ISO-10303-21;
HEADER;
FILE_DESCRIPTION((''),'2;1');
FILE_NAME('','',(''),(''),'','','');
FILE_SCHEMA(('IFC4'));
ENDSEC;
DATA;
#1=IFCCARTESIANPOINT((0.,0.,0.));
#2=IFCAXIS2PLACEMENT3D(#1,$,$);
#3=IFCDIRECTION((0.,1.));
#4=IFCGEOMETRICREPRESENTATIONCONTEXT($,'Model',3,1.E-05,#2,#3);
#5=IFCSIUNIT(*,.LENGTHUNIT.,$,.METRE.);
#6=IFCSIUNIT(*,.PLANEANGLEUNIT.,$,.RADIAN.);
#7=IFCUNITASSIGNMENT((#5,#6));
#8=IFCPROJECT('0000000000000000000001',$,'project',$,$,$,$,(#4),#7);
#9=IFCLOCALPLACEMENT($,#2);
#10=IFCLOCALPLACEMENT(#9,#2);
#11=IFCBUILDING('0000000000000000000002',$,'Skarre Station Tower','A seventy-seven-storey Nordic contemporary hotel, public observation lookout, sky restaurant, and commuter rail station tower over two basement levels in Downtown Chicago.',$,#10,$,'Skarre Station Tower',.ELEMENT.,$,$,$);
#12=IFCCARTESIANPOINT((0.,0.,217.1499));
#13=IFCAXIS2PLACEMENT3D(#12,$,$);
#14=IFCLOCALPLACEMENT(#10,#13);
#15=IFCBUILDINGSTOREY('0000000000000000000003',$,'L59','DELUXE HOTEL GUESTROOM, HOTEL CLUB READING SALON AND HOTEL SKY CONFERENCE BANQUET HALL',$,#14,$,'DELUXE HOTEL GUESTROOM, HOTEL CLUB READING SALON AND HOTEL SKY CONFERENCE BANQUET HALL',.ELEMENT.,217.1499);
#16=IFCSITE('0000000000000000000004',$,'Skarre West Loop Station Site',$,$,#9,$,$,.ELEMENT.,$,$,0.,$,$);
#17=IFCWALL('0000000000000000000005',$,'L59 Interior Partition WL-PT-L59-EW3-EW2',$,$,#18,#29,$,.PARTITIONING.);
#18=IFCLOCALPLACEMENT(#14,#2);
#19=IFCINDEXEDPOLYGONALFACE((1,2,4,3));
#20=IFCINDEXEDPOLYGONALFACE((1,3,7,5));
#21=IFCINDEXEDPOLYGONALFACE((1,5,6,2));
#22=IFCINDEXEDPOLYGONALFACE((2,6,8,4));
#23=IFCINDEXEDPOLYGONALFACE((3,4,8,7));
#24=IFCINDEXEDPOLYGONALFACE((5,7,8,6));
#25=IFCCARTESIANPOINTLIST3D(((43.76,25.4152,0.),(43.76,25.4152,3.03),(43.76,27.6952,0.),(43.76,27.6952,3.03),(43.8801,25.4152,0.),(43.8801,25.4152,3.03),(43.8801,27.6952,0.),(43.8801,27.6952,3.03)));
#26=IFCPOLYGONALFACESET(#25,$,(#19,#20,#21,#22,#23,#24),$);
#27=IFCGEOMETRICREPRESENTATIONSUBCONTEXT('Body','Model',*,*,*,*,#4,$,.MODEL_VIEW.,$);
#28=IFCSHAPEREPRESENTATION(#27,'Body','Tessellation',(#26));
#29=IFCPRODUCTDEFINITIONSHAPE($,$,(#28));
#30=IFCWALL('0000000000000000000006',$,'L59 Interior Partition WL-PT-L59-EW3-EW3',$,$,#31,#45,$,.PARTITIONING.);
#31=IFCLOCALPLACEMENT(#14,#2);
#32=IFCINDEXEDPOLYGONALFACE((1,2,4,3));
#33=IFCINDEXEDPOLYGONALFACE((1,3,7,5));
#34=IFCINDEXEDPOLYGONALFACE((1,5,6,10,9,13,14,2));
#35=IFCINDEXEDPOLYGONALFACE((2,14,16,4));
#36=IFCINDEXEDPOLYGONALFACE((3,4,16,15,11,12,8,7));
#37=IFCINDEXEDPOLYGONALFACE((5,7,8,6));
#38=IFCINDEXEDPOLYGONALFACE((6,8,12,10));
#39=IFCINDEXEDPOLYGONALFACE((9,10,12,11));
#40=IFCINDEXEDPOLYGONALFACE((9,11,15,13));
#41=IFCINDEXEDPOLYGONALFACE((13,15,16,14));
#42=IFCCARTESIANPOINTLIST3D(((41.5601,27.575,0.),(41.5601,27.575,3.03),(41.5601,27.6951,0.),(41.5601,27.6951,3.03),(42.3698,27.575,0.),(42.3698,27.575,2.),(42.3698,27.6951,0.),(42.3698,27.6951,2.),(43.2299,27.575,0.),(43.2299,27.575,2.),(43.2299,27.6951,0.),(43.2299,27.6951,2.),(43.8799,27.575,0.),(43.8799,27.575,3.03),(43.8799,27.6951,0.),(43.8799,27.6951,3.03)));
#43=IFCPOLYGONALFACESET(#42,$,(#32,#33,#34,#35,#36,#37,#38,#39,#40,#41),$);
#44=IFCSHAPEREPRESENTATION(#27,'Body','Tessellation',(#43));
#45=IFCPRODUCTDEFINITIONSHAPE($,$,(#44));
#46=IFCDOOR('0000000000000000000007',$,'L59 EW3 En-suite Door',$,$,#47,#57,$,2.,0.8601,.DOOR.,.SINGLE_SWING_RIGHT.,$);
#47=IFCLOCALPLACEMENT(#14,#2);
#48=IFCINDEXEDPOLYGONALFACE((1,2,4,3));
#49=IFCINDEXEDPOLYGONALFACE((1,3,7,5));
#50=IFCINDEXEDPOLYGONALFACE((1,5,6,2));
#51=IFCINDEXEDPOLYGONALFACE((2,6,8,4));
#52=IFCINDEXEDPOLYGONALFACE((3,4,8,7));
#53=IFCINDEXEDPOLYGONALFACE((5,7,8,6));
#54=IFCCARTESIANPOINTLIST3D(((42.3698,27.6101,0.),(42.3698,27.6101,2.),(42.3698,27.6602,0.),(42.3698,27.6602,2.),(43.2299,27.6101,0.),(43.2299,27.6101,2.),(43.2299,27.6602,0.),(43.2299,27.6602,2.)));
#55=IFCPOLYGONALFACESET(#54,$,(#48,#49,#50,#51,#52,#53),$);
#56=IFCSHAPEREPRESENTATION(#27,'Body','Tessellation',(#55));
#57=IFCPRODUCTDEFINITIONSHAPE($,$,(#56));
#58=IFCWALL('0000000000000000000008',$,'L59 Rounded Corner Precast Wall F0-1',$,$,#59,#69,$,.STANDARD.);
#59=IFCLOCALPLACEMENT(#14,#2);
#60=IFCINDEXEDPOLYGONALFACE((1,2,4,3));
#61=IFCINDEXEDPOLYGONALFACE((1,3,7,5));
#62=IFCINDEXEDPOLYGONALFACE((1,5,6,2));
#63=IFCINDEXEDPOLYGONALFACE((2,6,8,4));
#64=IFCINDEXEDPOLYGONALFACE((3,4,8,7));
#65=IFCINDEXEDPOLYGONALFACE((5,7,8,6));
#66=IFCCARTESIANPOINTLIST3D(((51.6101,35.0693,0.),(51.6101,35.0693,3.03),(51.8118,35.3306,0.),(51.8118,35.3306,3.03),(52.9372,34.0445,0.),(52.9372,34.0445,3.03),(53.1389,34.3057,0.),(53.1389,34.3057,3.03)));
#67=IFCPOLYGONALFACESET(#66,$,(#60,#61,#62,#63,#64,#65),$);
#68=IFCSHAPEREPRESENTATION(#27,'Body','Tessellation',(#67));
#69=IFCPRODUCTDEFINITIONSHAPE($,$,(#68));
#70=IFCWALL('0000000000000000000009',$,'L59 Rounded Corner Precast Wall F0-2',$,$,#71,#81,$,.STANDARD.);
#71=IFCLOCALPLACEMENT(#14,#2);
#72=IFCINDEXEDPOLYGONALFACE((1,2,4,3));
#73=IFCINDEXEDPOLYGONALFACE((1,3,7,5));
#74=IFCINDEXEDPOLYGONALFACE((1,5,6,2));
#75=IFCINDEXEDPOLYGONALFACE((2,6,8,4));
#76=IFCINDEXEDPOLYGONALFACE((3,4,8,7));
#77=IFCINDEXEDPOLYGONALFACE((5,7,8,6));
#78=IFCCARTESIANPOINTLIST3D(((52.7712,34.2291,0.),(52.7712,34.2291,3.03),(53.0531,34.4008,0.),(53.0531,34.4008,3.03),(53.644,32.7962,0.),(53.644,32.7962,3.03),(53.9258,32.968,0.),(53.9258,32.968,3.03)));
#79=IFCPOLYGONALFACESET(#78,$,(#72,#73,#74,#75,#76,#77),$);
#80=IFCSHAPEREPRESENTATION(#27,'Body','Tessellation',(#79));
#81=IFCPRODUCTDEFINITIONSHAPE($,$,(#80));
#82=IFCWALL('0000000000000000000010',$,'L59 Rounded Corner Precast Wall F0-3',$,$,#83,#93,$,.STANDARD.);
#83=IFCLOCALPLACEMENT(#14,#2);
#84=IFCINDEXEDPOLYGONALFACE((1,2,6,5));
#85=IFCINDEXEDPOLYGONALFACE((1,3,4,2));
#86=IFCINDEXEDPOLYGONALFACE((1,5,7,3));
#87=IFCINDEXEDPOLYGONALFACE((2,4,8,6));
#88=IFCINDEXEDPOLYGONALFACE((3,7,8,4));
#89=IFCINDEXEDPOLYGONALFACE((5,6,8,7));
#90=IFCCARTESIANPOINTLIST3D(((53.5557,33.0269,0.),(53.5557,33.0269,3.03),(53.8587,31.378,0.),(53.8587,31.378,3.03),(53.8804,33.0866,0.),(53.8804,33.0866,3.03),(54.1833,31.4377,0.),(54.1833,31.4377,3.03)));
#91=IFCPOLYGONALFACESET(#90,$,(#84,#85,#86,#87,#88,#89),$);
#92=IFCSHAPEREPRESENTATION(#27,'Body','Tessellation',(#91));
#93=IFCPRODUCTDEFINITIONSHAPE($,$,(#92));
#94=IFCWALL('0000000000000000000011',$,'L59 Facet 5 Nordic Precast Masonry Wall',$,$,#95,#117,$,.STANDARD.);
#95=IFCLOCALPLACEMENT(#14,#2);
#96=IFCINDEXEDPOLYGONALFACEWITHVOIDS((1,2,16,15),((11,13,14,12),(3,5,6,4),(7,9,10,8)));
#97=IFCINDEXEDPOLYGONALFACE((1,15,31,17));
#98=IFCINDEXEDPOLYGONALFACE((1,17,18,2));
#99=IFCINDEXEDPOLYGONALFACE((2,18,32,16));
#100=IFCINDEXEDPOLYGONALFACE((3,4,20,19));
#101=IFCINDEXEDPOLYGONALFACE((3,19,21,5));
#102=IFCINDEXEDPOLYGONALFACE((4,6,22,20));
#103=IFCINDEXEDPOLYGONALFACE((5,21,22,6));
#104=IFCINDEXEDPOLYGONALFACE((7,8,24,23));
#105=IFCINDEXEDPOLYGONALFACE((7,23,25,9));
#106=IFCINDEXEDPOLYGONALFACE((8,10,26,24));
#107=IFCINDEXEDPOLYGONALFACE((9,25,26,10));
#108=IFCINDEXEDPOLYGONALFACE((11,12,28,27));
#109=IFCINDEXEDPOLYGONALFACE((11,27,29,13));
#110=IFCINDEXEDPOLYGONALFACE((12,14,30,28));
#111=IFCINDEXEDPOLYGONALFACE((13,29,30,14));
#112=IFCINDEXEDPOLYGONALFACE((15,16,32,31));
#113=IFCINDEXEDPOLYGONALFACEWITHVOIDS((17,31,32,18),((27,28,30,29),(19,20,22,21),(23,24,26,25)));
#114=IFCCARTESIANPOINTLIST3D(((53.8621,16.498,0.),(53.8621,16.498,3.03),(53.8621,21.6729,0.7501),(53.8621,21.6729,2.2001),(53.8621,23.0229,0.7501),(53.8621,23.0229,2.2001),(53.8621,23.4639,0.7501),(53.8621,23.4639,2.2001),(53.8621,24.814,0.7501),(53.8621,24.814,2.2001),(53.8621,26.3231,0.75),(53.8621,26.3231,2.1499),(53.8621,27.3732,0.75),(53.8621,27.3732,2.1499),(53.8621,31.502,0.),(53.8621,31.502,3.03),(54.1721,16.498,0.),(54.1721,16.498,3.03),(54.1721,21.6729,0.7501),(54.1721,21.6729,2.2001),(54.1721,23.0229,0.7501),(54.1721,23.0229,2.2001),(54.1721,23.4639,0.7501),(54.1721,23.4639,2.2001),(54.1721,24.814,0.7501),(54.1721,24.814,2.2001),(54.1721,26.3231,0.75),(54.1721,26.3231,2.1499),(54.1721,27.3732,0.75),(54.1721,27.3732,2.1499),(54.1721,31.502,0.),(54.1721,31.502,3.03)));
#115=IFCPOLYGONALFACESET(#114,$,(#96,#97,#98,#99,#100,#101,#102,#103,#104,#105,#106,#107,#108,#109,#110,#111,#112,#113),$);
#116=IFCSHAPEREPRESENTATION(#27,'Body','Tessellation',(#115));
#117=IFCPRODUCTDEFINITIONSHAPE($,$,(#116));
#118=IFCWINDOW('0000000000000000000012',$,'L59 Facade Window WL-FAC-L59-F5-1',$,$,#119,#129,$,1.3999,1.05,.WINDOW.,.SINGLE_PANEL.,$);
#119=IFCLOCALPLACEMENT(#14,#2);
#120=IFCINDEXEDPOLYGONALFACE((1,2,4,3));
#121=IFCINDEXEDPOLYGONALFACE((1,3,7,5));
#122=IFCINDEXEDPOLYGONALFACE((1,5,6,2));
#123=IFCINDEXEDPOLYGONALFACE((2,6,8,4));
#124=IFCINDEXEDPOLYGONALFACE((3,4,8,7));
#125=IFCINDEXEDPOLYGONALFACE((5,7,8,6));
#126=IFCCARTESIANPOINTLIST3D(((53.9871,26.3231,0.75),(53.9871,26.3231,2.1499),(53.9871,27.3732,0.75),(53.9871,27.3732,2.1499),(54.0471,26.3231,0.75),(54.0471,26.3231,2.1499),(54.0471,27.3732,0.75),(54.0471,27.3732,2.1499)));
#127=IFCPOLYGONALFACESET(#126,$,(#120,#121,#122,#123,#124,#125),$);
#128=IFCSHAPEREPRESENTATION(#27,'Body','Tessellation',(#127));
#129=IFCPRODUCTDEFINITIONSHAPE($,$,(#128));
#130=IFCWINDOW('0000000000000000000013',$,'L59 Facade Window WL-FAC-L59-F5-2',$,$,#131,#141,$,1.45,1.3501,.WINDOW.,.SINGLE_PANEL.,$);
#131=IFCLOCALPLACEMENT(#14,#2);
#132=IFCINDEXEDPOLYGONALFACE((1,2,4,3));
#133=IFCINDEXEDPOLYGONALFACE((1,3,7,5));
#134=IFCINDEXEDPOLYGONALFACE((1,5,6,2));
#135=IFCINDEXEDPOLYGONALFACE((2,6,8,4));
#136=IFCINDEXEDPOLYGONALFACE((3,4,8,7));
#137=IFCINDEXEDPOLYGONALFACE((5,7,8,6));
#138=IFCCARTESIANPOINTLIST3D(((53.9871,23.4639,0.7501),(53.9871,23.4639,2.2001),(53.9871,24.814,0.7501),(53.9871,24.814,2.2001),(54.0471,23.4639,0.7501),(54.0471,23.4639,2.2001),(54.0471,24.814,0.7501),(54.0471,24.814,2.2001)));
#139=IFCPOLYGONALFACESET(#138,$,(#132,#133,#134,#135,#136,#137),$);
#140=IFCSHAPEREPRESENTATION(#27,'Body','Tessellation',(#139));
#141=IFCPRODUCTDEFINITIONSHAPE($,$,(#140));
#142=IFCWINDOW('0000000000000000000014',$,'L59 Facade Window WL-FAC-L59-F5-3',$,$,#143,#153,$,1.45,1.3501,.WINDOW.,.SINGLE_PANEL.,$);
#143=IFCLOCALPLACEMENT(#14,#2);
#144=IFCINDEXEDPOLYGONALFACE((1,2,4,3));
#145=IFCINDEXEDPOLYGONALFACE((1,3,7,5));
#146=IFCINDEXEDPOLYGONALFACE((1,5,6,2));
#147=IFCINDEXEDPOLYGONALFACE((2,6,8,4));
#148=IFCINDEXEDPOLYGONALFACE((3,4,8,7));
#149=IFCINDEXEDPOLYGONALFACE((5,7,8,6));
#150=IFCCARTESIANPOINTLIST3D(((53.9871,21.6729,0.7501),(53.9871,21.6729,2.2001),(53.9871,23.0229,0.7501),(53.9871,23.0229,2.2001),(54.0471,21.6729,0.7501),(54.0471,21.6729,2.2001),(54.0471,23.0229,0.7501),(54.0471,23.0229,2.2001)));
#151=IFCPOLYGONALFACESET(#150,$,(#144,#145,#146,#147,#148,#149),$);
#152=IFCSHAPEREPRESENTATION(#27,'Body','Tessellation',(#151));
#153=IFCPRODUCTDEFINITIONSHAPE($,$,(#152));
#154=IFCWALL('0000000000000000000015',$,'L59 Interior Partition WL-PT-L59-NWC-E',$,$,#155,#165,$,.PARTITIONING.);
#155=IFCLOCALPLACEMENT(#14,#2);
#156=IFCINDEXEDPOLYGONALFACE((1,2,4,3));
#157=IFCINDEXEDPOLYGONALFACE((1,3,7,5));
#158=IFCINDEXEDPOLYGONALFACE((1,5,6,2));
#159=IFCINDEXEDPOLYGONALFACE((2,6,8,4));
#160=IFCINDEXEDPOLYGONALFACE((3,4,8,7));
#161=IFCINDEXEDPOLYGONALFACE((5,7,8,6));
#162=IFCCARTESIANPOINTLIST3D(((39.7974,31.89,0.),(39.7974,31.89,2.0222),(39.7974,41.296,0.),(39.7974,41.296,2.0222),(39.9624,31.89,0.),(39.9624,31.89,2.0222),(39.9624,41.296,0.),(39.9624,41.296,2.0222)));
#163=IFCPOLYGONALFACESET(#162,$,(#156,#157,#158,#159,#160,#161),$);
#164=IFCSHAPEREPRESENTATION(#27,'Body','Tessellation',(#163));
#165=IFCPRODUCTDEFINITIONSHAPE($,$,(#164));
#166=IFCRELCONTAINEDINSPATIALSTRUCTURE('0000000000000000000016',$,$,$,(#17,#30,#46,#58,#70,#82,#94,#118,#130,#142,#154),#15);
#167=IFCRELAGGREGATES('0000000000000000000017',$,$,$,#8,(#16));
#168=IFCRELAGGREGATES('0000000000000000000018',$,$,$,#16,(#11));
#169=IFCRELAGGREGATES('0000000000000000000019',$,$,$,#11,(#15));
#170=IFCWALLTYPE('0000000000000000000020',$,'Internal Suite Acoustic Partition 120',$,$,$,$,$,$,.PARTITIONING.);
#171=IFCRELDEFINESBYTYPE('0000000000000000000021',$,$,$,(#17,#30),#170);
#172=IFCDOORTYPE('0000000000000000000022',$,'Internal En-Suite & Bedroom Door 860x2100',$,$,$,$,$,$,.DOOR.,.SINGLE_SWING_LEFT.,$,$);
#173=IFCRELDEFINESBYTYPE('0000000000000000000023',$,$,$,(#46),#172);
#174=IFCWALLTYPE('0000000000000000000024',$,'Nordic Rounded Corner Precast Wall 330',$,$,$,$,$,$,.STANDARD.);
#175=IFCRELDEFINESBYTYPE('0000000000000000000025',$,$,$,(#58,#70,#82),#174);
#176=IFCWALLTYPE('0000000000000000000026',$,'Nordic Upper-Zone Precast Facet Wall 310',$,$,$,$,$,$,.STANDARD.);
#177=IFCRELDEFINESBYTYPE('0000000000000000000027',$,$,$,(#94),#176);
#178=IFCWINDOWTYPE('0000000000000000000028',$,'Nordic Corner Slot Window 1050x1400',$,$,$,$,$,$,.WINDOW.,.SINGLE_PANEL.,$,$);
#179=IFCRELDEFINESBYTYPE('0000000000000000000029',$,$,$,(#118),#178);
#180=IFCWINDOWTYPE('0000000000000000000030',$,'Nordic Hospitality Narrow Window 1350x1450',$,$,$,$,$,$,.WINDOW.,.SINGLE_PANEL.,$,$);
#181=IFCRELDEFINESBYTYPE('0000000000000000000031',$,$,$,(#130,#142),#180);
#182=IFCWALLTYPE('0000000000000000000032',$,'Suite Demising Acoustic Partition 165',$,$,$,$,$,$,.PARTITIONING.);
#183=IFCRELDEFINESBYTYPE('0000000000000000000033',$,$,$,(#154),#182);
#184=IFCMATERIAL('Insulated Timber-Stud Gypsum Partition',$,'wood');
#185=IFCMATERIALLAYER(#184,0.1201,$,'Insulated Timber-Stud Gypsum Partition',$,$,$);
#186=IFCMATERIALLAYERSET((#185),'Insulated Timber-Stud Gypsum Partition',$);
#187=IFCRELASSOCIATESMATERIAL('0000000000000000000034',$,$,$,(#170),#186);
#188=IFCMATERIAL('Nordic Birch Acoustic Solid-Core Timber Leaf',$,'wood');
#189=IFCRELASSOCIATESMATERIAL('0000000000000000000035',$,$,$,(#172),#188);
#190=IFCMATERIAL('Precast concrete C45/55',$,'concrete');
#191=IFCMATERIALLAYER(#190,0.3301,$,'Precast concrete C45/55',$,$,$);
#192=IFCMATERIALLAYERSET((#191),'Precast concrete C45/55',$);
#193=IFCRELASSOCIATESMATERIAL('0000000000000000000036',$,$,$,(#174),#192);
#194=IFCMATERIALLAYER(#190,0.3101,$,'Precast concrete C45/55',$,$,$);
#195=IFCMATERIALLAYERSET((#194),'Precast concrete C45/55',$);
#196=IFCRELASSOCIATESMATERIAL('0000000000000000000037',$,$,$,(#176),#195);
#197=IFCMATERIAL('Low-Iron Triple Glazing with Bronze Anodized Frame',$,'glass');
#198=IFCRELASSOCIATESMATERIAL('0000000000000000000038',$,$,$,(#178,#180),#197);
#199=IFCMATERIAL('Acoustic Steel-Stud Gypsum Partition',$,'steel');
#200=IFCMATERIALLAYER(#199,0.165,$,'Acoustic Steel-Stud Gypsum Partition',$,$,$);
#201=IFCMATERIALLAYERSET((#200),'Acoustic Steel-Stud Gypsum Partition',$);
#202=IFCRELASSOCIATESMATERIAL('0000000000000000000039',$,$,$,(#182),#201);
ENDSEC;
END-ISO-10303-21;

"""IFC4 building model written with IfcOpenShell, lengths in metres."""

from ifc_helpers import new_model, si_unit, direction, frame, frame_2d, origin, place, context, subcontext, project, spatial, rectangle, extrude, material, layer, layer_set, type_object, element, fill, save


model = new_model("IFC4")

# Units and contexts
model_context = context("Model", 3, precision=1e-05, world=origin(), true_north=direction((0.0, 1.0)))
body_context = subcontext(model_context, "Body", "Model", "MODEL_VIEW")
ifc_project = project(units=[si_unit("LENGTHUNIT", "METRE"), si_unit("PLANEANGLEUNIT", "RADIAN")], contexts=[model_context])

# Site, building, storey
site_placement = place(None, origin())
site = spatial("IfcSite", under=ifc_project, at=site_placement, Name="Skarre West Loop Station Site", CompositionType="ELEMENT", RefElevation=0.0)
building_placement = place(site_placement, origin())
building = spatial("IfcBuilding", under=site, at=building_placement, Name="Skarre Station Tower", Description="A seventy-seven-storey Nordic contemporary hotel, public observation lookout, sky restaurant, and commuter rail station tower over two basement levels in Downtown Chicago.", LongName="Skarre Station Tower", CompositionType="ELEMENT")
storey_placement = place(building_placement, frame((0.0, 0.0, 217.1499)))
storey = spatial("IfcBuildingStorey", under=building, at=storey_placement, Name="L59", Description="DELUXE HOTEL GUESTROOM, HOTEL CLUB READING SALON AND HOTEL SKY CONFERENCE BANQUET HALL", LongName="DELUXE HOTEL GUESTROOM, HOTEL CLUB READING SALON AND HOTEL SKY CONFERENCE BANQUET HALL", CompositionType="ELEMENT", Elevation=217.1499)

# Shared definitions
ifc_material_1 = material(Name="Acoustic Steel-Stud Gypsum Partition", Category="steel")

# Shared definitions
ifc_material_2 = material(Name="Insulated Timber-Stud Gypsum Partition", Category="wood")
ifc_layer_1 = layer(ifc_material_2, 0.1201, Name="Insulated Timber-Stud Gypsum Partition")
ifc_layer_set_1 = layer_set([ifc_layer_1], Name="Insulated Timber-Stud Gypsum Partition")
wall_type_1 = type_object("IfcWallType", Name="Internal Suite Acoustic Partition 120", PredefinedType="PARTITIONING", material=ifc_layer_set_1)
ifc_material_3 = material(Name="Nordic Birch Acoustic Solid-Core Timber Leaf", Category="wood")
door_type_1 = type_object("IfcDoorType", Name="Internal En-Suite & Bedroom Door 860x2100", OperationType="SINGLE_SWING_LEFT", PredefinedType="DOOR", material=ifc_material_3)

# Wall
wall_1_placement = place(storey_placement, frame((43.8201, 25.415, 0.0), z_axis=(0.0, 0.0, 1.0), x_axis=(0.0, 1.0, 0.0)))
element("IfcWall", 1, at=wall_1_placement, inside=storey, type_object=wall_type_1, Name="L59 Interior Partition WL-PT-L59-EW3-EW2", PredefinedType="PARTITIONING", context=body_context, shape_type="SweptSolid", body=[
    extrude(rectangle(XDim=2.28, YDim=0.1201, at=frame_2d((1.1401, 0.0))), origin(), (0.0, 0.0, 1.0), 3.03),
])

# Wall, opening, door
wall_2_placement = place(storey_placement, frame((43.8799, 27.635, 0.0), z_axis=(0.0, 0.0, 1.0), x_axis=(-1.0, 0.0, 0.0)))
wall_2 = element("IfcWall", 2, at=wall_2_placement, inside=storey, type_object=wall_type_1, Name="L59 Interior Partition WL-PT-L59-EW3-EW3", PredefinedType="PARTITIONING", context=body_context, shape_type="SweptSolid", body=[
    extrude(rectangle(XDim=2.3198, YDim=0.1201, at=frame_2d((1.1599, 0.0))), origin(), (0.0, 0.0, 1.0), 3.03),
])
opening_1_placement = place(wall_2_placement, frame((0.6499, 0.0, 0.0)))
opening_1 = element("IfcOpeningElement", 3, at=opening_1_placement, cuts=wall_2, PredefinedType="OPENING", context=body_context, shape_type="SweptSolid", body=[
    extrude(rectangle(XDim=0.8601, YDim=2.0, at=frame_2d((0.4302, 1.0))), frame((0.0, 0.0701, 0.0), z_axis=(0.0, -1.0, 0.0), x_axis=(1.0, 0.0, 0.0)), (0.0, 0.0, 1.0), 0.1401),
])
door_1_placement = place(opening_1_placement, origin())
door_1 = element("IfcDoor", 4, at=door_1_placement, inside=storey, type_object=door_type_1, Name="L59 EW3 En-suite Door", OperationType="SINGLE_SWING_RIGHT", OverallHeight=2.0, OverallWidth=0.8601, PredefinedType="DOOR", context=body_context, shape_type="SweptSolid", body=[
    extrude(rectangle(XDim=0.8601, YDim=2.0, at=frame_2d((0.4302, 1.0))), frame((0.0, 0.0249, 0.0), z_axis=(0.0, -1.0, 0.0), x_axis=(1.0, 0.0, 0.0)), (0.0, 0.0, 1.0), 0.05),
])
fill(opening_1, door_1)

# Walls
ifc_material_4 = material(Name="Precast concrete C45/55", Category="concrete")
ifc_layer_2 = layer(ifc_material_4, 0.3301, Name="Precast concrete C45/55")
ifc_layer_set_2 = layer_set([ifc_layer_2], Name="Precast concrete C45/55")
wall_type_2 = type_object("IfcWallType", Name="Nordic Rounded Corner Precast Wall 330", PredefinedType="STANDARD", material=ifc_layer_set_2)
wall_3_placement = place(storey_placement, frame((51.7109, 35.2, 0.0), z_axis=(0.0, 0.0, 1.0), x_axis=(0.791464, -0.611215, 0.0)))
element("IfcWall", 5, at=wall_3_placement, inside=storey, type_object=wall_type_2, Name="L59 Rounded Corner Precast Wall F0-1", PredefinedType="STANDARD", context=body_context, shape_type="SweptSolid", body=[
    extrude(rectangle(XDim=1.6768, YDim=0.3301, at=frame_2d((0.8384, 0.0))), origin(), (0.0, 0.0, 1.0), 3.03),
])
wall_4_placement = place(storey_placement, frame((52.9121, 34.3149, 0.0), z_axis=(0.0, 0.0, 1.0), x_axis=(0.520219, -0.854033, 0.0)))
element("IfcWall", 6, at=wall_4_placement, inside=storey, type_object=wall_type_2, Name="L59 Rounded Corner Precast Wall F0-2", PredefinedType="STANDARD", context=body_context, shape_type="SweptSolid", body=[
    extrude(rectangle(XDim=1.6777, YDim=0.3301, at=frame_2d((0.8389, 0.0))), origin(), (0.0, 0.0, 1.0), 3.03),
])
wall_5_placement = place(storey_placement, frame((53.718, 33.0569, 0.0), z_axis=(0.0, 0.0, 1.0), x_axis=(0.180718, -0.983535, 0.0)))
element("IfcWall", 7, at=wall_5_placement, inside=storey, type_object=wall_type_2, Name="L59 Rounded Corner Precast Wall F0-3", PredefinedType="STANDARD", context=body_context, shape_type="SweptSolid", body=[
    extrude(rectangle(XDim=1.6765, YDim=0.3301, at=frame_2d((0.8384, 0.0))), origin(), (0.0, 0.0, 1.0), 3.03),
])

# Wall, openings, windows
ifc_layer_3 = layer(ifc_material_4, 0.3101, Name="Precast concrete C45/55")
ifc_layer_set_3 = layer_set([ifc_layer_3], Name="Precast concrete C45/55")
wall_type_3 = type_object("IfcWallType", Name="Nordic Upper-Zone Precast Facet Wall 310", PredefinedType="STANDARD", material=ifc_layer_set_3)
wall_6_placement = place(storey_placement, frame((54.0171, 31.502, 0.0), z_axis=(0.0, 0.0, 1.0), x_axis=(0.0, -1.0, 0.0)))
wall_6 = element("IfcWall", 8, at=wall_6_placement, inside=storey, type_object=wall_type_3, Name="L59 Facet 5 Nordic Precast Masonry Wall", PredefinedType="STANDARD", context=body_context, shape_type="SweptSolid", body=[
    extrude(rectangle(XDim=15.0039, YDim=0.3101, at=frame_2d((7.502, 0.0))), origin(), (0.0, 0.0, 1.0), 3.03),
])
opening_2_placement = place(wall_6_placement, frame((4.1289, 0.0, 0.75)))
opening_2 = element("IfcOpeningElement", 9, at=opening_2_placement, cuts=wall_6, PredefinedType="OPENING", context=body_context, shape_type="SweptSolid", body=[
    extrude(rectangle(XDim=1.05, YDim=1.3999, at=frame_2d((0.5249, 0.7))), frame((0.0, 0.165, 0.0), z_axis=(0.0, -1.0, 0.0), x_axis=(1.0, 0.0, 0.0)), (0.0, 0.0, 1.0), 0.3301),
])
opening_3_placement = place(wall_6_placement, frame((6.688, 0.0, 0.75)))
opening_3 = element("IfcOpeningElement", 10, at=opening_3_placement, cuts=wall_6, PredefinedType="OPENING", context=body_context, shape_type="SweptSolid", body=[
    extrude(rectangle(XDim=1.3501, YDim=1.45, at=frame_2d((0.675, 0.7251))), frame((0.0, 0.165, 0.0), z_axis=(0.0, -1.0, 0.0), x_axis=(1.0, 0.0, 0.0)), (0.0, 0.0, 1.0), 0.3301),
])
opening_4_placement = place(wall_6_placement, frame((8.479, 0.0, 0.75)))
opening_4 = element("IfcOpeningElement", 11, at=opening_4_placement, cuts=wall_6, PredefinedType="OPENING", context=body_context, shape_type="SweptSolid", body=[
    extrude(rectangle(XDim=1.3501, YDim=1.45, at=frame_2d((0.675, 0.7251))), frame((0.0, 0.165, 0.0), z_axis=(0.0, -1.0, 0.0), x_axis=(1.0, 0.0, 0.0)), (0.0, 0.0, 1.0), 0.3301),
])
ifc_material_5 = material(Name="Low-Iron Triple Glazing with Bronze Anodized Frame", Category="glass")
window_type_1 = type_object("IfcWindowType", Name="Nordic Corner Slot Window 1050x1400", PartitioningType="SINGLE_PANEL", PredefinedType="WINDOW", material=ifc_material_5)
window_1_placement = place(opening_2_placement, origin())
window_1 = element("IfcWindow", 12, at=window_1_placement, inside=storey, type_object=window_type_1, Name="L59 Facade Window WL-FAC-L59-F5-1", OverallHeight=1.3999, OverallWidth=1.05, PartitioningType="SINGLE_PANEL", PredefinedType="WINDOW", context=body_context, shape_type="SweptSolid", body=[
    extrude(rectangle(XDim=1.05, YDim=1.3999, at=frame_2d((0.5249, 0.7))), frame((0.0, 0.03, 0.0), z_axis=(0.0, -1.0, 0.0), x_axis=(1.0, 0.0, 0.0)), (0.0, 0.0, 1.0), 0.0601),
])
fill(opening_2, window_1)
window_type_2 = type_object("IfcWindowType", Name="Nordic Hospitality Narrow Window 1350x1450", PartitioningType="SINGLE_PANEL", PredefinedType="WINDOW", material=ifc_material_5)
window_2_placement = place(opening_3_placement, origin())
window_2 = element("IfcWindow", 13, at=window_2_placement, inside=storey, type_object=window_type_2, Name="L59 Facade Window WL-FAC-L59-F5-2", OverallHeight=1.45, OverallWidth=1.3501, PartitioningType="SINGLE_PANEL", PredefinedType="WINDOW", context=body_context, shape_type="SweptSolid", body=[
    extrude(rectangle(XDim=1.3501, YDim=1.45, at=frame_2d((0.675, 0.7251))), frame((0.0, 0.03, 0.0), z_axis=(0.0, -1.0, 0.0), x_axis=(1.0, 0.0, 0.0)), (0.0, 0.0, 1.0), 0.0601),
])
fill(opening_3, window_2)
window_3_placement = place(opening_4_placement, origin())
window_3 = element("IfcWindow", 14, at=window_3_placement, inside=storey, type_object=window_type_2, Name="L59 Facade Window WL-FAC-L59-F5-3", OverallHeight=1.45, OverallWidth=1.3501, PartitioningType="SINGLE_PANEL", PredefinedType="WINDOW", context=body_context, shape_type="SweptSolid", body=[
    extrude(rectangle(XDim=1.3501, YDim=1.45, at=frame_2d((0.675, 0.7251))), frame((0.0, 0.03, 0.0), z_axis=(0.0, -1.0, 0.0), x_axis=(1.0, 0.0, 0.0)), (0.0, 0.0, 1.0), 0.0601),
])
fill(opening_4, window_3)

# Wall
ifc_layer_4 = layer(ifc_material_1, 0.165, Name="Acoustic Steel-Stud Gypsum Partition")
ifc_layer_set_4 = layer_set([ifc_layer_4], Name="Acoustic Steel-Stud Gypsum Partition")
wall_type_4 = type_object("IfcWallType", Name="Suite Demising Acoustic Partition 165", PredefinedType="PARTITIONING", material=ifc_layer_set_4)
wall_7_placement = place(storey_placement, frame((39.8799, 31.8899, 0.0), z_axis=(0.0, 0.0, 1.0), x_axis=(0.0, 1.0, 0.0)))
element("IfcWall", 15, at=wall_7_placement, inside=storey, type_object=wall_type_4, Name="L59 Interior Partition WL-PT-L59-NWC-E", PredefinedType="PARTITIONING", context=body_context, shape_type="SweptSolid", body=[
    extrude(rectangle(XDim=9.406, YDim=0.165, at=frame_2d((4.7031, 0.0))), origin(), (0.0, 0.0, 1.0), 2.0222),
])

save(model, "model.ifc")
